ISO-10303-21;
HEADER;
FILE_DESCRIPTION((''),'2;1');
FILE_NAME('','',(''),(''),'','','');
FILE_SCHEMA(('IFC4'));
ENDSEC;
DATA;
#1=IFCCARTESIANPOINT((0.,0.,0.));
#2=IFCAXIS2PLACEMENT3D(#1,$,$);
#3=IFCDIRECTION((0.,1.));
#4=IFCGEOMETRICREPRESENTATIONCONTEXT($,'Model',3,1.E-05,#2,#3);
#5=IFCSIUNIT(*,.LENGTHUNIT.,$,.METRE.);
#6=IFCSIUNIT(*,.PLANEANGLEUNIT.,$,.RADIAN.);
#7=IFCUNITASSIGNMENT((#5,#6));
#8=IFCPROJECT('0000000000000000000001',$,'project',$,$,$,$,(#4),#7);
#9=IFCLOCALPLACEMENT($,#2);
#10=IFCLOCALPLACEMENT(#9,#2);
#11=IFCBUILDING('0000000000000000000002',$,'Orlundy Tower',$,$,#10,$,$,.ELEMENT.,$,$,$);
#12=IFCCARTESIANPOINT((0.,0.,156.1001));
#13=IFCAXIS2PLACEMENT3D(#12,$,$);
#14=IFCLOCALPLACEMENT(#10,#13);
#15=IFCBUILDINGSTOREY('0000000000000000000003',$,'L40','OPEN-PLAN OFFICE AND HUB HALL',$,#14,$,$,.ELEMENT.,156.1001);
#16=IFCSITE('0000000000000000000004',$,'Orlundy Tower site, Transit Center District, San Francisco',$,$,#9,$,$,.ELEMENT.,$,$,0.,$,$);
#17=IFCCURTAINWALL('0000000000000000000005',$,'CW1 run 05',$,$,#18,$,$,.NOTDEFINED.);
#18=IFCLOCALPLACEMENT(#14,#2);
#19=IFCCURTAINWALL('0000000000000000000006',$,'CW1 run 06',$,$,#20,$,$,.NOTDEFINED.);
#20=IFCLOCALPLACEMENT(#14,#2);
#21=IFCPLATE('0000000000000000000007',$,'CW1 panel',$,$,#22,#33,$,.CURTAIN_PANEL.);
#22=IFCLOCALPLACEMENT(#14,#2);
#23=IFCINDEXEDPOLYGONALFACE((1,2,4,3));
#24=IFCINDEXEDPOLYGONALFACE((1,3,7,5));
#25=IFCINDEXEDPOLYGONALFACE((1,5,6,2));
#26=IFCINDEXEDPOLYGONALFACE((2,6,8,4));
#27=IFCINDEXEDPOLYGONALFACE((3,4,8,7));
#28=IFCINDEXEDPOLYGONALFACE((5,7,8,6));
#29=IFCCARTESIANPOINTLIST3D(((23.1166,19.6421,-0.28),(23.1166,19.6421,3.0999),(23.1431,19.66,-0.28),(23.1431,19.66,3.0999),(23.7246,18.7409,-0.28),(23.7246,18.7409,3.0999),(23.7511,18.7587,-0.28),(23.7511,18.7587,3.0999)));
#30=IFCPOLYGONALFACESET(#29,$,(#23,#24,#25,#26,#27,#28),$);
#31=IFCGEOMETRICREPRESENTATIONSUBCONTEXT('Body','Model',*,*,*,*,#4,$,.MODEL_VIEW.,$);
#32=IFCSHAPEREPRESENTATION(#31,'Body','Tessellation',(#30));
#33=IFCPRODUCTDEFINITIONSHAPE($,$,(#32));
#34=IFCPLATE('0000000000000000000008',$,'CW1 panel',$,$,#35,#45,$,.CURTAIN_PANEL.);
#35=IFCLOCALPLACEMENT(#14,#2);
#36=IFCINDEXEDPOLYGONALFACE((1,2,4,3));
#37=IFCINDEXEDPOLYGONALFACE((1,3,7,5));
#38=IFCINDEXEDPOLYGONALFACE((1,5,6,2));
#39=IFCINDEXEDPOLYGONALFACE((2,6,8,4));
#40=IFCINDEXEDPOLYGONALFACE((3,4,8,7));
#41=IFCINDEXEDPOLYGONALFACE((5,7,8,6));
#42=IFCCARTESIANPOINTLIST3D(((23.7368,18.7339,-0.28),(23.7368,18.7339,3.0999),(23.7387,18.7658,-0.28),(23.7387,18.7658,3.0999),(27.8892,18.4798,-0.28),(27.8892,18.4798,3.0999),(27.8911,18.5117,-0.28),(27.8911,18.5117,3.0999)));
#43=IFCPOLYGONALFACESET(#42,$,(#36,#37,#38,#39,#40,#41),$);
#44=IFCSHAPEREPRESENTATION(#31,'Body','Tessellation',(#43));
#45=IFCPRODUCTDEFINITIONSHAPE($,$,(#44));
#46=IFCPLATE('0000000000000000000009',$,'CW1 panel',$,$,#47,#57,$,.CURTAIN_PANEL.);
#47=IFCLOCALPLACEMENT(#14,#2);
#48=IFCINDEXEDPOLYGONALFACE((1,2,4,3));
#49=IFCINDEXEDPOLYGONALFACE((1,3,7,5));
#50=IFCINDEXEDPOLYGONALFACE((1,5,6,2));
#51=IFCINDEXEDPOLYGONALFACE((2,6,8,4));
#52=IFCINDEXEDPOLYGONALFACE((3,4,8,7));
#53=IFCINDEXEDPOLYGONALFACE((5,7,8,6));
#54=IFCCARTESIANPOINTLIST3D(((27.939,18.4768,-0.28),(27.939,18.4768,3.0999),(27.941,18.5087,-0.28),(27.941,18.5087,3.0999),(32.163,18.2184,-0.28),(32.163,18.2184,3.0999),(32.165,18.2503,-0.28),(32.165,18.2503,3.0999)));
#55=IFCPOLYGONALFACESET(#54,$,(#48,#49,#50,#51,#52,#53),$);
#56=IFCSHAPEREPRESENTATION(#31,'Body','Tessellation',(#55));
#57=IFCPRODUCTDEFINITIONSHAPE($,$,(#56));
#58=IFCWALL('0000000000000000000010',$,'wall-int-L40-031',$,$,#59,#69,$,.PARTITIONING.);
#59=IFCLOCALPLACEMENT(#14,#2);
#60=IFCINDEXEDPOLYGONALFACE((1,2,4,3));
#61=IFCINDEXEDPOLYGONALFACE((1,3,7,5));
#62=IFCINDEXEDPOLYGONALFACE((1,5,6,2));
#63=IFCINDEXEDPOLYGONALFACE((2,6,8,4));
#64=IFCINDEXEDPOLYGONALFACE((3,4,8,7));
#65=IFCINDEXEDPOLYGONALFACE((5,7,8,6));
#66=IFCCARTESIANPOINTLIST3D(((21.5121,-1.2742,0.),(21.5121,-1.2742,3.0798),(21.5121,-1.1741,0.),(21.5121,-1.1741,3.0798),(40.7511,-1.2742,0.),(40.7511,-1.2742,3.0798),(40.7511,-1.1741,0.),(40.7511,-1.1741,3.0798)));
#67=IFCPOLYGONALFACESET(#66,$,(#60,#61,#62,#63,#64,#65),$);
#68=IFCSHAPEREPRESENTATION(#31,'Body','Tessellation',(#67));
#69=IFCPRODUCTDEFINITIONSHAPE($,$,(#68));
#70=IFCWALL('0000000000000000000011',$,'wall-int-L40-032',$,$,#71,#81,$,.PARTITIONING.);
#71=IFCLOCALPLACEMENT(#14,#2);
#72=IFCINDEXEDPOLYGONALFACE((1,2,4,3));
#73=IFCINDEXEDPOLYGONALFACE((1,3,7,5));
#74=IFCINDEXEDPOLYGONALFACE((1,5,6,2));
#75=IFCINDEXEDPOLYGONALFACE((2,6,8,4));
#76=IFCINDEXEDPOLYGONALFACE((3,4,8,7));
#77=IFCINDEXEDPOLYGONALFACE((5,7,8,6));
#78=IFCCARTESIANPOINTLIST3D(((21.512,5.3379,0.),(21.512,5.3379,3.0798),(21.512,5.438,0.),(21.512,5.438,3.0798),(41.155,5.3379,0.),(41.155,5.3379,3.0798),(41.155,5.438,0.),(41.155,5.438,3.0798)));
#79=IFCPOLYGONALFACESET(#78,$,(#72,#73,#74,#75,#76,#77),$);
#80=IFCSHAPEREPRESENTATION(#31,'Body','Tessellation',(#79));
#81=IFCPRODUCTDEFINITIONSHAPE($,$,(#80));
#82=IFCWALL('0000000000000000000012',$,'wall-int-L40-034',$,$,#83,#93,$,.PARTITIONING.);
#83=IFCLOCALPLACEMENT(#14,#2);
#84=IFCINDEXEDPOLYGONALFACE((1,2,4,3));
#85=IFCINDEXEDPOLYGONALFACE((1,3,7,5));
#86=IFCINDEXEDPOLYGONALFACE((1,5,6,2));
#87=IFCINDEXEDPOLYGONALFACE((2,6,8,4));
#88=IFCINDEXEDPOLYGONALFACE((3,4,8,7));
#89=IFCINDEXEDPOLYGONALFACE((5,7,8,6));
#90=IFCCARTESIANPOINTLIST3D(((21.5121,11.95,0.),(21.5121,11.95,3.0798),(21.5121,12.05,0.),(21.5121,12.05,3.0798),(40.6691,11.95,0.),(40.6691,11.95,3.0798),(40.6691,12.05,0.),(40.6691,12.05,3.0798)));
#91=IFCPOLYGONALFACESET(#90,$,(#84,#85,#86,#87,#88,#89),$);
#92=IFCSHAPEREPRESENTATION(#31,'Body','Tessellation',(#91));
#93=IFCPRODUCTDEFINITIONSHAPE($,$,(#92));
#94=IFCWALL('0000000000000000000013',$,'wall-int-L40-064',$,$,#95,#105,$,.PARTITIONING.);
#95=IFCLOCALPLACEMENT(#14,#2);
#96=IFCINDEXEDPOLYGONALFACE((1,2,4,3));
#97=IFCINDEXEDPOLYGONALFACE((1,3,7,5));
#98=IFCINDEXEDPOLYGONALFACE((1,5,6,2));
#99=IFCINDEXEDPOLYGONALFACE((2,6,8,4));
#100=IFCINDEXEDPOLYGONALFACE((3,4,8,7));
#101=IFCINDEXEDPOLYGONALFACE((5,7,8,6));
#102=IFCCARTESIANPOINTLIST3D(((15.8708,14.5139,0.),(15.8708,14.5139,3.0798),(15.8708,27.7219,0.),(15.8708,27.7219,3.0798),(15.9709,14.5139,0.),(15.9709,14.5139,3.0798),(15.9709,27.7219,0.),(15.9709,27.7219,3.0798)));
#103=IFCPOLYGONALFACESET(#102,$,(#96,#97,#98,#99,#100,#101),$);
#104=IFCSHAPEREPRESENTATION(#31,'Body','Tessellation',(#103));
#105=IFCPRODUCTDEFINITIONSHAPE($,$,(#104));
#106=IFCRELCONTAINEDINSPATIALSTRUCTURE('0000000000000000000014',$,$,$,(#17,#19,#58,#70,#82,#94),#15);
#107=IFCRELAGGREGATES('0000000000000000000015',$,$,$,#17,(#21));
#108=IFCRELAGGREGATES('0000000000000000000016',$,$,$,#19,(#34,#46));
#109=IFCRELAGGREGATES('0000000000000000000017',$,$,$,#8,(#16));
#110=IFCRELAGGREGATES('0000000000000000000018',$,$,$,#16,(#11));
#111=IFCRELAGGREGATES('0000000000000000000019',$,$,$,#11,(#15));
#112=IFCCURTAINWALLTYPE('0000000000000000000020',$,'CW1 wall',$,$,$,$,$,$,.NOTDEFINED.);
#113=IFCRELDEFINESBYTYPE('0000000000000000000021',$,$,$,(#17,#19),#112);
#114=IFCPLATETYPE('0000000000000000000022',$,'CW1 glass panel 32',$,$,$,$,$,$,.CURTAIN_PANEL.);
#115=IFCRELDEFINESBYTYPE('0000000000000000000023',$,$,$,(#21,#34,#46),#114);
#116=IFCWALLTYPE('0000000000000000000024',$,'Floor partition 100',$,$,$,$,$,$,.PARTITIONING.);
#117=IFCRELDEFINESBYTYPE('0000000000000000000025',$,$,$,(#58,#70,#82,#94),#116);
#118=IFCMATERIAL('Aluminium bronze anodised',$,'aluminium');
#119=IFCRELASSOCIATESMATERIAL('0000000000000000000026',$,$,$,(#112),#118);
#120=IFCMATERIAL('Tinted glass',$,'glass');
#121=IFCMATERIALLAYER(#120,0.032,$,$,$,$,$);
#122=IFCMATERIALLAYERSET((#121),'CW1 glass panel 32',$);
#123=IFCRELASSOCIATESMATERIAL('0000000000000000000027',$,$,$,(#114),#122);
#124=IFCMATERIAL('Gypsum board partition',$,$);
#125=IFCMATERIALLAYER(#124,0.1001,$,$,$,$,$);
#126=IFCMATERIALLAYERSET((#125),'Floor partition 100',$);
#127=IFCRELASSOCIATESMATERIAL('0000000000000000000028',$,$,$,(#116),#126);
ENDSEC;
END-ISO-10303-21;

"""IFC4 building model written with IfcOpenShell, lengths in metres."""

from ifc_helpers import new_model, si_unit, direction, frame, frame_2d, origin, origin_2d, place, context, subcontext, project, spatial, rectangle, extrude, material, layer, layer_set, type_object, element, aggregate, save


model = new_model("IFC4")

# Units and contexts
model_context = context("Model", 3, precision=1e-05, world=origin(), true_north=direction((0.0, 1.0)))
body_context = subcontext(model_context, "Body", "Model", "MODEL_VIEW")
ifc_project = project(units=[si_unit("LENGTHUNIT", "METRE"), si_unit("PLANEANGLEUNIT", "RADIAN")], contexts=[model_context])

# Site, building, storey
site_placement = place(None, origin())
site = spatial("IfcSite", under=ifc_project, at=site_placement, Name="Orlundy Tower site, Transit Center District, San Francisco", CompositionType="ELEMENT", RefElevation=0.0)
building_placement = place(site_placement, origin())
building = spatial("IfcBuilding", under=site, at=building_placement, Name="Orlundy Tower", CompositionType="ELEMENT")
storey_placement = place(building_placement, frame((0.0, 0.0, 156.1001)))
storey = spatial("IfcBuildingStorey", under=building, at=storey_placement, Name="L40", Description="OPEN-PLAN OFFICE AND HUB HALL", CompositionType="ELEMENT", Elevation=156.1001)

# Curtain walls
ifc_material_1 = material(Name="Aluminium bronze anodised", Category="aluminium")
curtain_wall_type = type_object("IfcCurtainWallType", Name="CW1 wall", PredefinedType="NOTDEFINED", material=ifc_material_1)
curtain_wall_1_placement = place(storey_placement, origin())
curtain_wall_1 = element("IfcCurtainWall", 1, at=curtain_wall_1_placement, inside=storey, type_object=curtain_wall_type, Name="CW1 run 05", PredefinedType="NOTDEFINED")
curtain_wall_2_placement = place(storey_placement, origin())
curtain_wall_2 = element("IfcCurtainWall", 2, at=curtain_wall_2_placement, inside=storey, type_object=curtain_wall_type, Name="CW1 run 06", PredefinedType="NOTDEFINED")

# Shared definitions
ifc_material_2 = material(Name="Tinted glass", Category="glass")
ifc_layer_1 = layer(ifc_material_2, 0.032)
ifc_layer_set_1 = layer_set([ifc_layer_1], Name="CW1 glass panel 32")
plate_type = type_object("IfcPlateType", Name="CW1 glass panel 32", PredefinedType="CURTAIN_PANEL", material=ifc_layer_set_1)

# Plates
plate_1_placement = place(storey_placement, frame((23.4338, 19.2004, -0.28), z_axis=(0.0, 0.0, 1.0), x_axis=(0.559223, -0.829017, 0.0)))
plate_1 = element("IfcPlate", 3, at=plate_1_placement, type_object=plate_type, Name="CW1 panel", PredefinedType="CURTAIN_PANEL", context=body_context, shape_type="SweptSolid", body=[
    extrude(rectangle(XDim=1.0872, YDim=0.032, at=origin_2d()), origin(), (0.0, 0.0, 1.0), 3.3799),
])
aggregate(curtain_wall_1, [plate_1])
plate_2_placement = place(storey_placement, frame((25.814, 18.6228, -0.28), z_axis=(0.0, 0.0, 1.0), x_axis=(0.998134, -0.061065, 0.0)))
plate_2 = element("IfcPlate", 4, at=plate_2_placement, type_object=plate_type, Name="CW1 panel", PredefinedType="CURTAIN_PANEL", context=body_context, shape_type="SweptSolid", body=[
    extrude(rectangle(XDim=4.1602, YDim=0.032, at=origin_2d()), origin(), (0.0, 0.0, 1.0), 3.3799),
])
plate_3_placement = place(storey_placement, frame((30.052, 18.3635, -0.28), z_axis=(0.0, 0.0, 1.0), x_axis=(0.998134, -0.061065, 0.0)))
plate_3 = element("IfcPlate", 5, at=plate_3_placement, type_object=plate_type, Name="CW1 panel", PredefinedType="CURTAIN_PANEL", context=body_context, shape_type="SweptSolid", body=[
    extrude(rectangle(XDim=4.2319, YDim=0.032, at=origin_2d()), origin(), (0.0, 0.0, 1.0), 3.3799),
])
aggregate(curtain_wall_2, [plate_2, plate_3])

# Walls
ifc_material_3 = material(Name="Gypsum board partition")
ifc_layer_2 = layer(ifc_material_3, 0.1001)
ifc_layer_set_2 = layer_set([ifc_layer_2], Name="Floor partition 100")
wall_type_1 = type_object("IfcWallType", Name="Floor partition 100", PredefinedType="PARTITIONING", material=ifc_layer_set_2)
wall_1_placement = place(storey_placement, frame((21.512, -1.2241, 0.0), z_axis=(0.0, 0.0, 1.0), x_axis=(1.0, 0.0, 0.0)))
element("IfcWall", 6, at=wall_1_placement, inside=storey, type_object=wall_type_1, Name="wall-int-L40-031", PredefinedType="PARTITIONING", context=body_context, shape_type="SweptSolid", body=[
    extrude(rectangle(XDim=19.239, YDim=0.1001, at=frame_2d((9.6196, 0.0))), origin(), (0.0, 0.0, 1.0), 3.0798),
])
wall_2_placement = place(storey_placement, frame((21.512, 5.3879, 0.0), z_axis=(0.0, 0.0, 1.0), x_axis=(1.0, 0.0, 0.0)))
element("IfcWall", 7, at=wall_2_placement, inside=storey, type_object=wall_type_1, Name="wall-int-L40-032", PredefinedType="PARTITIONING", context=body_context, shape_type="SweptSolid", body=[
    extrude(rectangle(XDim=19.6431, YDim=0.1001, at=frame_2d((9.8215, 0.0))), origin(), (0.0, 0.0, 1.0), 3.0798),
])
wall_3_placement = place(storey_placement, frame((21.512, 12.0, 0.0), z_axis=(0.0, 0.0, 1.0), x_axis=(1.0, 0.0, 0.0)))
element("IfcWall", 8, at=wall_3_placement, inside=storey, type_object=wall_type_1, Name="wall-int-L40-034", PredefinedType="PARTITIONING", context=body_context, shape_type="SweptSolid", body=[
    extrude(rectangle(XDim=19.157, YDim=0.1001, at=frame_2d((9.5786, 0.0))), origin(), (0.0, 0.0, 1.0), 3.0798),
])
wall_4_placement = place(storey_placement, frame((15.9209, 14.5139, 0.0), z_axis=(0.0, 0.0, 1.0), x_axis=(0.0, 1.0, 0.0)))
element("IfcWall", 9, at=wall_4_placement, inside=storey, type_object=wall_type_1, Name="wall-int-L40-064", PredefinedType="PARTITIONING", context=body_context, shape_type="SweptSolid", body=[
    extrude(rectangle(XDim=13.208, YDim=0.1001, at=frame_2d((6.604, 0.0))), origin(), (0.0, 0.0, 1.0), 3.0798),
])

save(model, "model.ifc")
